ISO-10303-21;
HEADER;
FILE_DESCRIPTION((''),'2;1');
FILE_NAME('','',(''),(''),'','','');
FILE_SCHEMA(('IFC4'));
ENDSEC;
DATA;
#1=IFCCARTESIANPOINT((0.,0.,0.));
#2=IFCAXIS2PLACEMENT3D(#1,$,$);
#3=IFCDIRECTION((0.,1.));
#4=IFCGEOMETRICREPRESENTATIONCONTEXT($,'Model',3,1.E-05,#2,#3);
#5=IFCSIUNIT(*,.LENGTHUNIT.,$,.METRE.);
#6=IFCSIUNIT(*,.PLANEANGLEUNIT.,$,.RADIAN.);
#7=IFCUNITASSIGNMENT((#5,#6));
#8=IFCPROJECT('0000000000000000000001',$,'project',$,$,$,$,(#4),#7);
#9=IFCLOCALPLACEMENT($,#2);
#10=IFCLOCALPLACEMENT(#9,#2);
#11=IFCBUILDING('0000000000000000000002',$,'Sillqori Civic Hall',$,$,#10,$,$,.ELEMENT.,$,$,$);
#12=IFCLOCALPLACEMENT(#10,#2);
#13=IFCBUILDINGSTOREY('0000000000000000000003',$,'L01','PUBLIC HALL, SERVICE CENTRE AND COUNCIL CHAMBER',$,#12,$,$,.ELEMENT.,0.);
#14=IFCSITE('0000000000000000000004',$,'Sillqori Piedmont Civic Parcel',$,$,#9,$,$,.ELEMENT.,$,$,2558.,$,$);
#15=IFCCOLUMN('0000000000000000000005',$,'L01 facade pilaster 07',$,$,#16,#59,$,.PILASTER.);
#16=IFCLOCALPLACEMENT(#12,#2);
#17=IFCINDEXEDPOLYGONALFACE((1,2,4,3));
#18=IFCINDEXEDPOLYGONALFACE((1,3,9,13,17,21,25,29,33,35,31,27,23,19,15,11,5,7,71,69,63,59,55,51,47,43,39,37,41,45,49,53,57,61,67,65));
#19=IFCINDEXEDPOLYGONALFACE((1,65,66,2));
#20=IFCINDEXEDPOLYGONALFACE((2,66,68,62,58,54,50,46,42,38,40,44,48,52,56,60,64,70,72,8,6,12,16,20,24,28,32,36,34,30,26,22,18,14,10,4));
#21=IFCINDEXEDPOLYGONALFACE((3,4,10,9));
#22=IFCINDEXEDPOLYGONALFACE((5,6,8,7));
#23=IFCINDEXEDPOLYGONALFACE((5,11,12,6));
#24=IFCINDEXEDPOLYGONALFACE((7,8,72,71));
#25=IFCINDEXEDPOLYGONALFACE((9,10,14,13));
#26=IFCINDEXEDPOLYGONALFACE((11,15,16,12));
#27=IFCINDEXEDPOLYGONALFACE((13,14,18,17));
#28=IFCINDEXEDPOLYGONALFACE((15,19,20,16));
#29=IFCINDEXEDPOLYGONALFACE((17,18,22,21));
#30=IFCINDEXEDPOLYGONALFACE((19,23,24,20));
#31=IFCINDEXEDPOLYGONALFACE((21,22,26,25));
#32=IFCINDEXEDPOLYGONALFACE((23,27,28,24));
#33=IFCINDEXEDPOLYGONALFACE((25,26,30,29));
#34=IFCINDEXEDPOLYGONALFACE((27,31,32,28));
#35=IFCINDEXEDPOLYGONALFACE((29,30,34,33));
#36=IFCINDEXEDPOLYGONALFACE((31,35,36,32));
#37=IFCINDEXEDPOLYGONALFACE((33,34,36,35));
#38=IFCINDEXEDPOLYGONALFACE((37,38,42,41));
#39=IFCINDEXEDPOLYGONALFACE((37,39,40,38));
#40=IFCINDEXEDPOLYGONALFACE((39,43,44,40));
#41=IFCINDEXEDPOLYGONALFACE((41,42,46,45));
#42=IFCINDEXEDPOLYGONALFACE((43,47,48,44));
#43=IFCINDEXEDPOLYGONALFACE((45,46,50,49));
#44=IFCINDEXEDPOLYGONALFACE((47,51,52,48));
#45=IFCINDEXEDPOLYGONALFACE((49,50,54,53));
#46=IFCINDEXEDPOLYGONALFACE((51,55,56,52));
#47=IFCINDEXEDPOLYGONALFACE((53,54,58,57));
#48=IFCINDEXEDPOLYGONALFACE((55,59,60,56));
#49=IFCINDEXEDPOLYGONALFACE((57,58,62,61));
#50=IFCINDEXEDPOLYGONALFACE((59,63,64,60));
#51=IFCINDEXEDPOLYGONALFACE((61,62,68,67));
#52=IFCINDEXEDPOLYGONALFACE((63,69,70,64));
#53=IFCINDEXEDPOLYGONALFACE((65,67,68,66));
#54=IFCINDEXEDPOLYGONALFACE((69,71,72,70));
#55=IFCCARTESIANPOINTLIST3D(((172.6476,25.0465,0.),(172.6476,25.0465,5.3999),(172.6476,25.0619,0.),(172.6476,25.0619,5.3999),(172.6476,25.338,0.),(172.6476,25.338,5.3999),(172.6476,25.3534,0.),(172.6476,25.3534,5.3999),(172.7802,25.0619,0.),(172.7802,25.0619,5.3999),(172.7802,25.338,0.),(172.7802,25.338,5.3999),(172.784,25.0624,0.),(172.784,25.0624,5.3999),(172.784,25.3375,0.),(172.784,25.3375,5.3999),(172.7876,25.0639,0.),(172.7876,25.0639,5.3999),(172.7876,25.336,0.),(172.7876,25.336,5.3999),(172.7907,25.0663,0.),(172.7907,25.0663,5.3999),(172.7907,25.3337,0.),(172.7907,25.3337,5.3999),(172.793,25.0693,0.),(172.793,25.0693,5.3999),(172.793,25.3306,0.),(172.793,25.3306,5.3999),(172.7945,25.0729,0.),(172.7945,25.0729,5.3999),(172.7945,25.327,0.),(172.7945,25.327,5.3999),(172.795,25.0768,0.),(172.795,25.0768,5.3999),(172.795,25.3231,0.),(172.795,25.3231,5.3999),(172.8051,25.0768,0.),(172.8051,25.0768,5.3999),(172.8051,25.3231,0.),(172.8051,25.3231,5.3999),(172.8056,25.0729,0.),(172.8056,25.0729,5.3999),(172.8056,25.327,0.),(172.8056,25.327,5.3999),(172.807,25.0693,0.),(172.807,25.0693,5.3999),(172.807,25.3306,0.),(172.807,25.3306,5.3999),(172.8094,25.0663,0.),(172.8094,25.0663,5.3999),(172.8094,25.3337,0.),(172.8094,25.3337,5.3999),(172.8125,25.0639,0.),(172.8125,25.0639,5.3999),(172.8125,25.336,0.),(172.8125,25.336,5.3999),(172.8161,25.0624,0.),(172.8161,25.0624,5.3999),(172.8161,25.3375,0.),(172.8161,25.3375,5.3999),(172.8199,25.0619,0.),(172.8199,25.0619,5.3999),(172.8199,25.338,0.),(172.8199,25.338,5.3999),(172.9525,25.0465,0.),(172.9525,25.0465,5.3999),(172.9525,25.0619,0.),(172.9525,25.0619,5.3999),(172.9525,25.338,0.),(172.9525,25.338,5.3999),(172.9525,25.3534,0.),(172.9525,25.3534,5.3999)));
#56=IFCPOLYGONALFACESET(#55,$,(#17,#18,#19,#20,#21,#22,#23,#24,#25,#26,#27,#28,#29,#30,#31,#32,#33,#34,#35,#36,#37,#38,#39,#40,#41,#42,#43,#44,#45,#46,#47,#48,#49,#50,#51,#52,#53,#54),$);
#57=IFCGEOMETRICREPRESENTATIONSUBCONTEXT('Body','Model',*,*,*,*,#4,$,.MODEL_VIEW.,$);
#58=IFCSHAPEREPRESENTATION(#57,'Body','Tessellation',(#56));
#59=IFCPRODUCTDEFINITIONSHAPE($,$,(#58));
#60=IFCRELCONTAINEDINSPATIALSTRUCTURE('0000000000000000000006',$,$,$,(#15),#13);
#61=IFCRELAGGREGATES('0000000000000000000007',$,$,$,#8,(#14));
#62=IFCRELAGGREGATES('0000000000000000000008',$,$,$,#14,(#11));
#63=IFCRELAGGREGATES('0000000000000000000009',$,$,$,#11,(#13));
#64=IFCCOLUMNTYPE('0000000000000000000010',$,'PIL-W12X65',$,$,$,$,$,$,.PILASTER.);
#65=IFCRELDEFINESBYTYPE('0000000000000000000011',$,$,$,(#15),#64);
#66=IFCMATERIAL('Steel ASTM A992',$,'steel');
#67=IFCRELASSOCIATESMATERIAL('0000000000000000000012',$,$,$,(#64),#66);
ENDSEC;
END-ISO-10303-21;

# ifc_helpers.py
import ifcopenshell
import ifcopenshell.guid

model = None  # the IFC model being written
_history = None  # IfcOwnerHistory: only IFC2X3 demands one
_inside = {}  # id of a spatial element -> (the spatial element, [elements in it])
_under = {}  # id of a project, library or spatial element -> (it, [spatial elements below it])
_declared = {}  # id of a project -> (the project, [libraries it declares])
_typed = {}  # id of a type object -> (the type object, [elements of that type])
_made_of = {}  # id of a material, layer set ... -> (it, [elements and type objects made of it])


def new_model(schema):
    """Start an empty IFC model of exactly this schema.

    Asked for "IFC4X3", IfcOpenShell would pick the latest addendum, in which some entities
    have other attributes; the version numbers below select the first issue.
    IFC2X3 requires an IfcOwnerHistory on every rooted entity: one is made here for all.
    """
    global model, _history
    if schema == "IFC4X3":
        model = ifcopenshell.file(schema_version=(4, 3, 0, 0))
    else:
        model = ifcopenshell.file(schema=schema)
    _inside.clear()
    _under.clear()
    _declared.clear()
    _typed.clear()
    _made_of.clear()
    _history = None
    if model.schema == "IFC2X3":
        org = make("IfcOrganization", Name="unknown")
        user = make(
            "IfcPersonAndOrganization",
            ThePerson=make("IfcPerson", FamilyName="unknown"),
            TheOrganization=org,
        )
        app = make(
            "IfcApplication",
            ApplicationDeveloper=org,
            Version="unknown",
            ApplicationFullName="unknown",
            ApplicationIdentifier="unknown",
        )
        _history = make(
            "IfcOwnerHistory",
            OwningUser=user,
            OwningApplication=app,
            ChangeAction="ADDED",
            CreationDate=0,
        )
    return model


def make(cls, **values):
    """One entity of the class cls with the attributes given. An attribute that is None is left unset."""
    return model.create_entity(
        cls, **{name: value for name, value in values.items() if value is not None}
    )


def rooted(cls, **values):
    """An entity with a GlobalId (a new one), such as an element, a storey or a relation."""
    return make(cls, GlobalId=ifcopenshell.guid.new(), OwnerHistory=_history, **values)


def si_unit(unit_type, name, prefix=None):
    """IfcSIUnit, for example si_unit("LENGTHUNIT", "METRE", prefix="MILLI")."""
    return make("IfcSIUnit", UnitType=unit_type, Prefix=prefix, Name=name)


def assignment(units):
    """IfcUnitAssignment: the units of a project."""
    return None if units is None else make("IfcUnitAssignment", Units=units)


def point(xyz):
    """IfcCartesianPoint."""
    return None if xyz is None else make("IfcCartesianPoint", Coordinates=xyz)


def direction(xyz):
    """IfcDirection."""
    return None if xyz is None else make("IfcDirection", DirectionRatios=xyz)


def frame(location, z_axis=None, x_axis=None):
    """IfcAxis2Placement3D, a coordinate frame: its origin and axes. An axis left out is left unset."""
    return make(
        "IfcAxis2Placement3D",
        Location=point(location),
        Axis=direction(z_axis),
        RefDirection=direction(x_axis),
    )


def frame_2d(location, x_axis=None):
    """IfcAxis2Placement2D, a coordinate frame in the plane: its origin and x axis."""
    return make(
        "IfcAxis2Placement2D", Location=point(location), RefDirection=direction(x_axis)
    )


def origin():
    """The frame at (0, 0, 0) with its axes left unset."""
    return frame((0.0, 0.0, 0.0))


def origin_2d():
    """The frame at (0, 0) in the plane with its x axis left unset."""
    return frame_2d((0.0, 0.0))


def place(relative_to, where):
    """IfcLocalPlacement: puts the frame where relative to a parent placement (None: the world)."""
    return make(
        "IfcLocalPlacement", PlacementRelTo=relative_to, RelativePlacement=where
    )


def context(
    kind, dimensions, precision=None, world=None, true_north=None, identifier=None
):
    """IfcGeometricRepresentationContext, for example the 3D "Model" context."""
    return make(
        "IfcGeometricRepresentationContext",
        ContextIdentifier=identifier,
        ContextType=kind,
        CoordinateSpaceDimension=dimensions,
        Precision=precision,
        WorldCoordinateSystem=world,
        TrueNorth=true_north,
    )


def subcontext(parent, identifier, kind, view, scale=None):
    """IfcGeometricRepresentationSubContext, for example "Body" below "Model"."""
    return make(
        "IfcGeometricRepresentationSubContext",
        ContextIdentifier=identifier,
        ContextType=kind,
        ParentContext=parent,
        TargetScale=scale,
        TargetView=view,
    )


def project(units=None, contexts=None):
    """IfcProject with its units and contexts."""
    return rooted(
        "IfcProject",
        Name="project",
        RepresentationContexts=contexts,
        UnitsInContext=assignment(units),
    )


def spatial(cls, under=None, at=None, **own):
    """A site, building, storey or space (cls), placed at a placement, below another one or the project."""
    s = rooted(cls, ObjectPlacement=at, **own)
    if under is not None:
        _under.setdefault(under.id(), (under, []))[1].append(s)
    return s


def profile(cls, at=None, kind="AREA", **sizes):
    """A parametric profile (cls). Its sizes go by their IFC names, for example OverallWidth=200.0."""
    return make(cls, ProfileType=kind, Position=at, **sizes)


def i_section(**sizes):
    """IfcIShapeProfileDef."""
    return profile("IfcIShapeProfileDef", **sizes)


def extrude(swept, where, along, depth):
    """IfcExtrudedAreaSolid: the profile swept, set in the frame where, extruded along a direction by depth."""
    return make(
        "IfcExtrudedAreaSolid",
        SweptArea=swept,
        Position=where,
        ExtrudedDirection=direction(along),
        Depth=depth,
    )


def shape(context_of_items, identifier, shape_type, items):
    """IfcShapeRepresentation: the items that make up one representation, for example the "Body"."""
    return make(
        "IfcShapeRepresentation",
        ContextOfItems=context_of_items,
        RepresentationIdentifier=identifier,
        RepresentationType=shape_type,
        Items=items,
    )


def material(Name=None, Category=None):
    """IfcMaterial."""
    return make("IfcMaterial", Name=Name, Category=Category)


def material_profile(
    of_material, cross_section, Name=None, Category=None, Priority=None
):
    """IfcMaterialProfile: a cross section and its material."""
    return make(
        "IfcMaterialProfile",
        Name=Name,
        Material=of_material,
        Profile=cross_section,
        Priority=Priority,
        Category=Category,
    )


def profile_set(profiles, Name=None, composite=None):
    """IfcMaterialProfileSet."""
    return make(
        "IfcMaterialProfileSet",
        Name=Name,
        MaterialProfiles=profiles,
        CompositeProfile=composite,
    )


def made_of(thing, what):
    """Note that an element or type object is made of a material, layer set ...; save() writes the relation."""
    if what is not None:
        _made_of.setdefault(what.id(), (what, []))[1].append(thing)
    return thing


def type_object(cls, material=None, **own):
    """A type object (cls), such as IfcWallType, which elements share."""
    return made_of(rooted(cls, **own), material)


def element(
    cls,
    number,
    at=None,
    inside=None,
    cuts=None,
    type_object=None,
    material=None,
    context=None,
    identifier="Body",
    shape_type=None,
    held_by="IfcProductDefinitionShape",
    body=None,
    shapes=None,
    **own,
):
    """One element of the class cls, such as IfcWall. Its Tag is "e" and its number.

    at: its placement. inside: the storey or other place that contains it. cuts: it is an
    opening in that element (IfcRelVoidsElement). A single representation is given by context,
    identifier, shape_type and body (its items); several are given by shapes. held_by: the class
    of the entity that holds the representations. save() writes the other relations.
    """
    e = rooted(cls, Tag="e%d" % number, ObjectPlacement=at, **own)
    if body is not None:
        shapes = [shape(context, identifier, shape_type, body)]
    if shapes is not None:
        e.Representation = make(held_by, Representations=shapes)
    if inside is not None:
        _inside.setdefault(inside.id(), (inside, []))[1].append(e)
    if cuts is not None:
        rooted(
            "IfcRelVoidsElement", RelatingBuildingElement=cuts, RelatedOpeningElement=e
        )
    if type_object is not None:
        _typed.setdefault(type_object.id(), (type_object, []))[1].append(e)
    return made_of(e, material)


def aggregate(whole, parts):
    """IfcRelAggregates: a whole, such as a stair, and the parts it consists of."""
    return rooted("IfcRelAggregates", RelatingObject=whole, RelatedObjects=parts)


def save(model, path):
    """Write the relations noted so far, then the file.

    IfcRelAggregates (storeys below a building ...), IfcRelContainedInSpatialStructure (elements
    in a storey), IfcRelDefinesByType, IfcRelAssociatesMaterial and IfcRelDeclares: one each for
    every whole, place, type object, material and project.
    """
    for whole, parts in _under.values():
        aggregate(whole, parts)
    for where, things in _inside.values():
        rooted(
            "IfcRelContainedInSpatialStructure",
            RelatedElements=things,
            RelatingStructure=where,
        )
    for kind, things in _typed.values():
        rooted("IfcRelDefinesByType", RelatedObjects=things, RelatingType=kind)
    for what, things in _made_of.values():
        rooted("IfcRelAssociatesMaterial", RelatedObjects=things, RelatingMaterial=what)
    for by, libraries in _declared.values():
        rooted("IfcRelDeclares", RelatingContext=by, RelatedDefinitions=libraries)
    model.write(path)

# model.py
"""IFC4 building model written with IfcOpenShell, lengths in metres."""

from ifc_helpers import new_model, si_unit, direction, frame, origin, origin_2d, place, context, subcontext, project, spatial, i_section, extrude, material, material_profile, profile_set, type_object, element, save


model = new_model("IFC4")

# Units and contexts
model_context = context("Model", 3, precision=1e-05, world=origin(), true_north=direction((0.0, 1.0)))
body_context = subcontext(model_context, "Body", "Model", "MODEL_VIEW")
ifc_project = project(units=[si_unit("LENGTHUNIT", "METRE"), si_unit("PLANEANGLEUNIT", "RADIAN")], contexts=[model_context])

# Site, building, storey
site_placement = place(None, origin())
site = spatial("IfcSite", under=ifc_project, at=site_placement, Name="Sillqori Piedmont Civic Parcel", CompositionType="ELEMENT", RefElevation=2558.0)
building_placement = place(site_placement, origin())
building = spatial("IfcBuilding", under=site, at=building_placement, Name="Sillqori Civic Hall", CompositionType="ELEMENT")
storey_placement = place(building_placement, origin())
storey = spatial("IfcBuildingStorey", under=building, at=storey_placement, Name="L01", Description="PUBLIC HALL, SERVICE CENTRE AND COUNCIL CHAMBER", CompositionType="ELEMENT", Elevation=0.0)

# Column
ifc_material_1 = material(Name="Steel ASTM A992", Category="steel")
ifc_material_profile_1 = material_profile(ifc_material_1, i_section(OverallWidth=0.3049, OverallDepth=0.3069, WebThickness=0.01, FlangeThickness=0.0154, FilletRadius=0.0149, at=origin_2d()), Name="W12X65")
ifc_profile_set_1 = profile_set([ifc_material_profile_1], Name="Steel ASTM A992")
column_type = type_object("IfcColumnType", Name="PIL-W12X65", PredefinedType="PILASTER", material=ifc_profile_set_1)
column_placement = place(storey_placement, frame((172.8, 25.2, 0.0), z_axis=(0.0, 0.0, 1.0), x_axis=(1.0, 0.0, 0.0)))
element("IfcColumn", 1, at=column_placement, inside=storey, type_object=column_type, Name="L01 facade pilaster 07", PredefinedType="PILASTER", context=body_context, shape_type="SweptSolid", body=[
    extrude(i_section(OverallWidth=0.3049, OverallDepth=0.3069, WebThickness=0.01, FlangeThickness=0.0154, FilletRadius=0.0149, at=origin_2d()), origin(), (0.0, 0.0, 1.0), 5.3999),
])

save(model, "model.ifc")
